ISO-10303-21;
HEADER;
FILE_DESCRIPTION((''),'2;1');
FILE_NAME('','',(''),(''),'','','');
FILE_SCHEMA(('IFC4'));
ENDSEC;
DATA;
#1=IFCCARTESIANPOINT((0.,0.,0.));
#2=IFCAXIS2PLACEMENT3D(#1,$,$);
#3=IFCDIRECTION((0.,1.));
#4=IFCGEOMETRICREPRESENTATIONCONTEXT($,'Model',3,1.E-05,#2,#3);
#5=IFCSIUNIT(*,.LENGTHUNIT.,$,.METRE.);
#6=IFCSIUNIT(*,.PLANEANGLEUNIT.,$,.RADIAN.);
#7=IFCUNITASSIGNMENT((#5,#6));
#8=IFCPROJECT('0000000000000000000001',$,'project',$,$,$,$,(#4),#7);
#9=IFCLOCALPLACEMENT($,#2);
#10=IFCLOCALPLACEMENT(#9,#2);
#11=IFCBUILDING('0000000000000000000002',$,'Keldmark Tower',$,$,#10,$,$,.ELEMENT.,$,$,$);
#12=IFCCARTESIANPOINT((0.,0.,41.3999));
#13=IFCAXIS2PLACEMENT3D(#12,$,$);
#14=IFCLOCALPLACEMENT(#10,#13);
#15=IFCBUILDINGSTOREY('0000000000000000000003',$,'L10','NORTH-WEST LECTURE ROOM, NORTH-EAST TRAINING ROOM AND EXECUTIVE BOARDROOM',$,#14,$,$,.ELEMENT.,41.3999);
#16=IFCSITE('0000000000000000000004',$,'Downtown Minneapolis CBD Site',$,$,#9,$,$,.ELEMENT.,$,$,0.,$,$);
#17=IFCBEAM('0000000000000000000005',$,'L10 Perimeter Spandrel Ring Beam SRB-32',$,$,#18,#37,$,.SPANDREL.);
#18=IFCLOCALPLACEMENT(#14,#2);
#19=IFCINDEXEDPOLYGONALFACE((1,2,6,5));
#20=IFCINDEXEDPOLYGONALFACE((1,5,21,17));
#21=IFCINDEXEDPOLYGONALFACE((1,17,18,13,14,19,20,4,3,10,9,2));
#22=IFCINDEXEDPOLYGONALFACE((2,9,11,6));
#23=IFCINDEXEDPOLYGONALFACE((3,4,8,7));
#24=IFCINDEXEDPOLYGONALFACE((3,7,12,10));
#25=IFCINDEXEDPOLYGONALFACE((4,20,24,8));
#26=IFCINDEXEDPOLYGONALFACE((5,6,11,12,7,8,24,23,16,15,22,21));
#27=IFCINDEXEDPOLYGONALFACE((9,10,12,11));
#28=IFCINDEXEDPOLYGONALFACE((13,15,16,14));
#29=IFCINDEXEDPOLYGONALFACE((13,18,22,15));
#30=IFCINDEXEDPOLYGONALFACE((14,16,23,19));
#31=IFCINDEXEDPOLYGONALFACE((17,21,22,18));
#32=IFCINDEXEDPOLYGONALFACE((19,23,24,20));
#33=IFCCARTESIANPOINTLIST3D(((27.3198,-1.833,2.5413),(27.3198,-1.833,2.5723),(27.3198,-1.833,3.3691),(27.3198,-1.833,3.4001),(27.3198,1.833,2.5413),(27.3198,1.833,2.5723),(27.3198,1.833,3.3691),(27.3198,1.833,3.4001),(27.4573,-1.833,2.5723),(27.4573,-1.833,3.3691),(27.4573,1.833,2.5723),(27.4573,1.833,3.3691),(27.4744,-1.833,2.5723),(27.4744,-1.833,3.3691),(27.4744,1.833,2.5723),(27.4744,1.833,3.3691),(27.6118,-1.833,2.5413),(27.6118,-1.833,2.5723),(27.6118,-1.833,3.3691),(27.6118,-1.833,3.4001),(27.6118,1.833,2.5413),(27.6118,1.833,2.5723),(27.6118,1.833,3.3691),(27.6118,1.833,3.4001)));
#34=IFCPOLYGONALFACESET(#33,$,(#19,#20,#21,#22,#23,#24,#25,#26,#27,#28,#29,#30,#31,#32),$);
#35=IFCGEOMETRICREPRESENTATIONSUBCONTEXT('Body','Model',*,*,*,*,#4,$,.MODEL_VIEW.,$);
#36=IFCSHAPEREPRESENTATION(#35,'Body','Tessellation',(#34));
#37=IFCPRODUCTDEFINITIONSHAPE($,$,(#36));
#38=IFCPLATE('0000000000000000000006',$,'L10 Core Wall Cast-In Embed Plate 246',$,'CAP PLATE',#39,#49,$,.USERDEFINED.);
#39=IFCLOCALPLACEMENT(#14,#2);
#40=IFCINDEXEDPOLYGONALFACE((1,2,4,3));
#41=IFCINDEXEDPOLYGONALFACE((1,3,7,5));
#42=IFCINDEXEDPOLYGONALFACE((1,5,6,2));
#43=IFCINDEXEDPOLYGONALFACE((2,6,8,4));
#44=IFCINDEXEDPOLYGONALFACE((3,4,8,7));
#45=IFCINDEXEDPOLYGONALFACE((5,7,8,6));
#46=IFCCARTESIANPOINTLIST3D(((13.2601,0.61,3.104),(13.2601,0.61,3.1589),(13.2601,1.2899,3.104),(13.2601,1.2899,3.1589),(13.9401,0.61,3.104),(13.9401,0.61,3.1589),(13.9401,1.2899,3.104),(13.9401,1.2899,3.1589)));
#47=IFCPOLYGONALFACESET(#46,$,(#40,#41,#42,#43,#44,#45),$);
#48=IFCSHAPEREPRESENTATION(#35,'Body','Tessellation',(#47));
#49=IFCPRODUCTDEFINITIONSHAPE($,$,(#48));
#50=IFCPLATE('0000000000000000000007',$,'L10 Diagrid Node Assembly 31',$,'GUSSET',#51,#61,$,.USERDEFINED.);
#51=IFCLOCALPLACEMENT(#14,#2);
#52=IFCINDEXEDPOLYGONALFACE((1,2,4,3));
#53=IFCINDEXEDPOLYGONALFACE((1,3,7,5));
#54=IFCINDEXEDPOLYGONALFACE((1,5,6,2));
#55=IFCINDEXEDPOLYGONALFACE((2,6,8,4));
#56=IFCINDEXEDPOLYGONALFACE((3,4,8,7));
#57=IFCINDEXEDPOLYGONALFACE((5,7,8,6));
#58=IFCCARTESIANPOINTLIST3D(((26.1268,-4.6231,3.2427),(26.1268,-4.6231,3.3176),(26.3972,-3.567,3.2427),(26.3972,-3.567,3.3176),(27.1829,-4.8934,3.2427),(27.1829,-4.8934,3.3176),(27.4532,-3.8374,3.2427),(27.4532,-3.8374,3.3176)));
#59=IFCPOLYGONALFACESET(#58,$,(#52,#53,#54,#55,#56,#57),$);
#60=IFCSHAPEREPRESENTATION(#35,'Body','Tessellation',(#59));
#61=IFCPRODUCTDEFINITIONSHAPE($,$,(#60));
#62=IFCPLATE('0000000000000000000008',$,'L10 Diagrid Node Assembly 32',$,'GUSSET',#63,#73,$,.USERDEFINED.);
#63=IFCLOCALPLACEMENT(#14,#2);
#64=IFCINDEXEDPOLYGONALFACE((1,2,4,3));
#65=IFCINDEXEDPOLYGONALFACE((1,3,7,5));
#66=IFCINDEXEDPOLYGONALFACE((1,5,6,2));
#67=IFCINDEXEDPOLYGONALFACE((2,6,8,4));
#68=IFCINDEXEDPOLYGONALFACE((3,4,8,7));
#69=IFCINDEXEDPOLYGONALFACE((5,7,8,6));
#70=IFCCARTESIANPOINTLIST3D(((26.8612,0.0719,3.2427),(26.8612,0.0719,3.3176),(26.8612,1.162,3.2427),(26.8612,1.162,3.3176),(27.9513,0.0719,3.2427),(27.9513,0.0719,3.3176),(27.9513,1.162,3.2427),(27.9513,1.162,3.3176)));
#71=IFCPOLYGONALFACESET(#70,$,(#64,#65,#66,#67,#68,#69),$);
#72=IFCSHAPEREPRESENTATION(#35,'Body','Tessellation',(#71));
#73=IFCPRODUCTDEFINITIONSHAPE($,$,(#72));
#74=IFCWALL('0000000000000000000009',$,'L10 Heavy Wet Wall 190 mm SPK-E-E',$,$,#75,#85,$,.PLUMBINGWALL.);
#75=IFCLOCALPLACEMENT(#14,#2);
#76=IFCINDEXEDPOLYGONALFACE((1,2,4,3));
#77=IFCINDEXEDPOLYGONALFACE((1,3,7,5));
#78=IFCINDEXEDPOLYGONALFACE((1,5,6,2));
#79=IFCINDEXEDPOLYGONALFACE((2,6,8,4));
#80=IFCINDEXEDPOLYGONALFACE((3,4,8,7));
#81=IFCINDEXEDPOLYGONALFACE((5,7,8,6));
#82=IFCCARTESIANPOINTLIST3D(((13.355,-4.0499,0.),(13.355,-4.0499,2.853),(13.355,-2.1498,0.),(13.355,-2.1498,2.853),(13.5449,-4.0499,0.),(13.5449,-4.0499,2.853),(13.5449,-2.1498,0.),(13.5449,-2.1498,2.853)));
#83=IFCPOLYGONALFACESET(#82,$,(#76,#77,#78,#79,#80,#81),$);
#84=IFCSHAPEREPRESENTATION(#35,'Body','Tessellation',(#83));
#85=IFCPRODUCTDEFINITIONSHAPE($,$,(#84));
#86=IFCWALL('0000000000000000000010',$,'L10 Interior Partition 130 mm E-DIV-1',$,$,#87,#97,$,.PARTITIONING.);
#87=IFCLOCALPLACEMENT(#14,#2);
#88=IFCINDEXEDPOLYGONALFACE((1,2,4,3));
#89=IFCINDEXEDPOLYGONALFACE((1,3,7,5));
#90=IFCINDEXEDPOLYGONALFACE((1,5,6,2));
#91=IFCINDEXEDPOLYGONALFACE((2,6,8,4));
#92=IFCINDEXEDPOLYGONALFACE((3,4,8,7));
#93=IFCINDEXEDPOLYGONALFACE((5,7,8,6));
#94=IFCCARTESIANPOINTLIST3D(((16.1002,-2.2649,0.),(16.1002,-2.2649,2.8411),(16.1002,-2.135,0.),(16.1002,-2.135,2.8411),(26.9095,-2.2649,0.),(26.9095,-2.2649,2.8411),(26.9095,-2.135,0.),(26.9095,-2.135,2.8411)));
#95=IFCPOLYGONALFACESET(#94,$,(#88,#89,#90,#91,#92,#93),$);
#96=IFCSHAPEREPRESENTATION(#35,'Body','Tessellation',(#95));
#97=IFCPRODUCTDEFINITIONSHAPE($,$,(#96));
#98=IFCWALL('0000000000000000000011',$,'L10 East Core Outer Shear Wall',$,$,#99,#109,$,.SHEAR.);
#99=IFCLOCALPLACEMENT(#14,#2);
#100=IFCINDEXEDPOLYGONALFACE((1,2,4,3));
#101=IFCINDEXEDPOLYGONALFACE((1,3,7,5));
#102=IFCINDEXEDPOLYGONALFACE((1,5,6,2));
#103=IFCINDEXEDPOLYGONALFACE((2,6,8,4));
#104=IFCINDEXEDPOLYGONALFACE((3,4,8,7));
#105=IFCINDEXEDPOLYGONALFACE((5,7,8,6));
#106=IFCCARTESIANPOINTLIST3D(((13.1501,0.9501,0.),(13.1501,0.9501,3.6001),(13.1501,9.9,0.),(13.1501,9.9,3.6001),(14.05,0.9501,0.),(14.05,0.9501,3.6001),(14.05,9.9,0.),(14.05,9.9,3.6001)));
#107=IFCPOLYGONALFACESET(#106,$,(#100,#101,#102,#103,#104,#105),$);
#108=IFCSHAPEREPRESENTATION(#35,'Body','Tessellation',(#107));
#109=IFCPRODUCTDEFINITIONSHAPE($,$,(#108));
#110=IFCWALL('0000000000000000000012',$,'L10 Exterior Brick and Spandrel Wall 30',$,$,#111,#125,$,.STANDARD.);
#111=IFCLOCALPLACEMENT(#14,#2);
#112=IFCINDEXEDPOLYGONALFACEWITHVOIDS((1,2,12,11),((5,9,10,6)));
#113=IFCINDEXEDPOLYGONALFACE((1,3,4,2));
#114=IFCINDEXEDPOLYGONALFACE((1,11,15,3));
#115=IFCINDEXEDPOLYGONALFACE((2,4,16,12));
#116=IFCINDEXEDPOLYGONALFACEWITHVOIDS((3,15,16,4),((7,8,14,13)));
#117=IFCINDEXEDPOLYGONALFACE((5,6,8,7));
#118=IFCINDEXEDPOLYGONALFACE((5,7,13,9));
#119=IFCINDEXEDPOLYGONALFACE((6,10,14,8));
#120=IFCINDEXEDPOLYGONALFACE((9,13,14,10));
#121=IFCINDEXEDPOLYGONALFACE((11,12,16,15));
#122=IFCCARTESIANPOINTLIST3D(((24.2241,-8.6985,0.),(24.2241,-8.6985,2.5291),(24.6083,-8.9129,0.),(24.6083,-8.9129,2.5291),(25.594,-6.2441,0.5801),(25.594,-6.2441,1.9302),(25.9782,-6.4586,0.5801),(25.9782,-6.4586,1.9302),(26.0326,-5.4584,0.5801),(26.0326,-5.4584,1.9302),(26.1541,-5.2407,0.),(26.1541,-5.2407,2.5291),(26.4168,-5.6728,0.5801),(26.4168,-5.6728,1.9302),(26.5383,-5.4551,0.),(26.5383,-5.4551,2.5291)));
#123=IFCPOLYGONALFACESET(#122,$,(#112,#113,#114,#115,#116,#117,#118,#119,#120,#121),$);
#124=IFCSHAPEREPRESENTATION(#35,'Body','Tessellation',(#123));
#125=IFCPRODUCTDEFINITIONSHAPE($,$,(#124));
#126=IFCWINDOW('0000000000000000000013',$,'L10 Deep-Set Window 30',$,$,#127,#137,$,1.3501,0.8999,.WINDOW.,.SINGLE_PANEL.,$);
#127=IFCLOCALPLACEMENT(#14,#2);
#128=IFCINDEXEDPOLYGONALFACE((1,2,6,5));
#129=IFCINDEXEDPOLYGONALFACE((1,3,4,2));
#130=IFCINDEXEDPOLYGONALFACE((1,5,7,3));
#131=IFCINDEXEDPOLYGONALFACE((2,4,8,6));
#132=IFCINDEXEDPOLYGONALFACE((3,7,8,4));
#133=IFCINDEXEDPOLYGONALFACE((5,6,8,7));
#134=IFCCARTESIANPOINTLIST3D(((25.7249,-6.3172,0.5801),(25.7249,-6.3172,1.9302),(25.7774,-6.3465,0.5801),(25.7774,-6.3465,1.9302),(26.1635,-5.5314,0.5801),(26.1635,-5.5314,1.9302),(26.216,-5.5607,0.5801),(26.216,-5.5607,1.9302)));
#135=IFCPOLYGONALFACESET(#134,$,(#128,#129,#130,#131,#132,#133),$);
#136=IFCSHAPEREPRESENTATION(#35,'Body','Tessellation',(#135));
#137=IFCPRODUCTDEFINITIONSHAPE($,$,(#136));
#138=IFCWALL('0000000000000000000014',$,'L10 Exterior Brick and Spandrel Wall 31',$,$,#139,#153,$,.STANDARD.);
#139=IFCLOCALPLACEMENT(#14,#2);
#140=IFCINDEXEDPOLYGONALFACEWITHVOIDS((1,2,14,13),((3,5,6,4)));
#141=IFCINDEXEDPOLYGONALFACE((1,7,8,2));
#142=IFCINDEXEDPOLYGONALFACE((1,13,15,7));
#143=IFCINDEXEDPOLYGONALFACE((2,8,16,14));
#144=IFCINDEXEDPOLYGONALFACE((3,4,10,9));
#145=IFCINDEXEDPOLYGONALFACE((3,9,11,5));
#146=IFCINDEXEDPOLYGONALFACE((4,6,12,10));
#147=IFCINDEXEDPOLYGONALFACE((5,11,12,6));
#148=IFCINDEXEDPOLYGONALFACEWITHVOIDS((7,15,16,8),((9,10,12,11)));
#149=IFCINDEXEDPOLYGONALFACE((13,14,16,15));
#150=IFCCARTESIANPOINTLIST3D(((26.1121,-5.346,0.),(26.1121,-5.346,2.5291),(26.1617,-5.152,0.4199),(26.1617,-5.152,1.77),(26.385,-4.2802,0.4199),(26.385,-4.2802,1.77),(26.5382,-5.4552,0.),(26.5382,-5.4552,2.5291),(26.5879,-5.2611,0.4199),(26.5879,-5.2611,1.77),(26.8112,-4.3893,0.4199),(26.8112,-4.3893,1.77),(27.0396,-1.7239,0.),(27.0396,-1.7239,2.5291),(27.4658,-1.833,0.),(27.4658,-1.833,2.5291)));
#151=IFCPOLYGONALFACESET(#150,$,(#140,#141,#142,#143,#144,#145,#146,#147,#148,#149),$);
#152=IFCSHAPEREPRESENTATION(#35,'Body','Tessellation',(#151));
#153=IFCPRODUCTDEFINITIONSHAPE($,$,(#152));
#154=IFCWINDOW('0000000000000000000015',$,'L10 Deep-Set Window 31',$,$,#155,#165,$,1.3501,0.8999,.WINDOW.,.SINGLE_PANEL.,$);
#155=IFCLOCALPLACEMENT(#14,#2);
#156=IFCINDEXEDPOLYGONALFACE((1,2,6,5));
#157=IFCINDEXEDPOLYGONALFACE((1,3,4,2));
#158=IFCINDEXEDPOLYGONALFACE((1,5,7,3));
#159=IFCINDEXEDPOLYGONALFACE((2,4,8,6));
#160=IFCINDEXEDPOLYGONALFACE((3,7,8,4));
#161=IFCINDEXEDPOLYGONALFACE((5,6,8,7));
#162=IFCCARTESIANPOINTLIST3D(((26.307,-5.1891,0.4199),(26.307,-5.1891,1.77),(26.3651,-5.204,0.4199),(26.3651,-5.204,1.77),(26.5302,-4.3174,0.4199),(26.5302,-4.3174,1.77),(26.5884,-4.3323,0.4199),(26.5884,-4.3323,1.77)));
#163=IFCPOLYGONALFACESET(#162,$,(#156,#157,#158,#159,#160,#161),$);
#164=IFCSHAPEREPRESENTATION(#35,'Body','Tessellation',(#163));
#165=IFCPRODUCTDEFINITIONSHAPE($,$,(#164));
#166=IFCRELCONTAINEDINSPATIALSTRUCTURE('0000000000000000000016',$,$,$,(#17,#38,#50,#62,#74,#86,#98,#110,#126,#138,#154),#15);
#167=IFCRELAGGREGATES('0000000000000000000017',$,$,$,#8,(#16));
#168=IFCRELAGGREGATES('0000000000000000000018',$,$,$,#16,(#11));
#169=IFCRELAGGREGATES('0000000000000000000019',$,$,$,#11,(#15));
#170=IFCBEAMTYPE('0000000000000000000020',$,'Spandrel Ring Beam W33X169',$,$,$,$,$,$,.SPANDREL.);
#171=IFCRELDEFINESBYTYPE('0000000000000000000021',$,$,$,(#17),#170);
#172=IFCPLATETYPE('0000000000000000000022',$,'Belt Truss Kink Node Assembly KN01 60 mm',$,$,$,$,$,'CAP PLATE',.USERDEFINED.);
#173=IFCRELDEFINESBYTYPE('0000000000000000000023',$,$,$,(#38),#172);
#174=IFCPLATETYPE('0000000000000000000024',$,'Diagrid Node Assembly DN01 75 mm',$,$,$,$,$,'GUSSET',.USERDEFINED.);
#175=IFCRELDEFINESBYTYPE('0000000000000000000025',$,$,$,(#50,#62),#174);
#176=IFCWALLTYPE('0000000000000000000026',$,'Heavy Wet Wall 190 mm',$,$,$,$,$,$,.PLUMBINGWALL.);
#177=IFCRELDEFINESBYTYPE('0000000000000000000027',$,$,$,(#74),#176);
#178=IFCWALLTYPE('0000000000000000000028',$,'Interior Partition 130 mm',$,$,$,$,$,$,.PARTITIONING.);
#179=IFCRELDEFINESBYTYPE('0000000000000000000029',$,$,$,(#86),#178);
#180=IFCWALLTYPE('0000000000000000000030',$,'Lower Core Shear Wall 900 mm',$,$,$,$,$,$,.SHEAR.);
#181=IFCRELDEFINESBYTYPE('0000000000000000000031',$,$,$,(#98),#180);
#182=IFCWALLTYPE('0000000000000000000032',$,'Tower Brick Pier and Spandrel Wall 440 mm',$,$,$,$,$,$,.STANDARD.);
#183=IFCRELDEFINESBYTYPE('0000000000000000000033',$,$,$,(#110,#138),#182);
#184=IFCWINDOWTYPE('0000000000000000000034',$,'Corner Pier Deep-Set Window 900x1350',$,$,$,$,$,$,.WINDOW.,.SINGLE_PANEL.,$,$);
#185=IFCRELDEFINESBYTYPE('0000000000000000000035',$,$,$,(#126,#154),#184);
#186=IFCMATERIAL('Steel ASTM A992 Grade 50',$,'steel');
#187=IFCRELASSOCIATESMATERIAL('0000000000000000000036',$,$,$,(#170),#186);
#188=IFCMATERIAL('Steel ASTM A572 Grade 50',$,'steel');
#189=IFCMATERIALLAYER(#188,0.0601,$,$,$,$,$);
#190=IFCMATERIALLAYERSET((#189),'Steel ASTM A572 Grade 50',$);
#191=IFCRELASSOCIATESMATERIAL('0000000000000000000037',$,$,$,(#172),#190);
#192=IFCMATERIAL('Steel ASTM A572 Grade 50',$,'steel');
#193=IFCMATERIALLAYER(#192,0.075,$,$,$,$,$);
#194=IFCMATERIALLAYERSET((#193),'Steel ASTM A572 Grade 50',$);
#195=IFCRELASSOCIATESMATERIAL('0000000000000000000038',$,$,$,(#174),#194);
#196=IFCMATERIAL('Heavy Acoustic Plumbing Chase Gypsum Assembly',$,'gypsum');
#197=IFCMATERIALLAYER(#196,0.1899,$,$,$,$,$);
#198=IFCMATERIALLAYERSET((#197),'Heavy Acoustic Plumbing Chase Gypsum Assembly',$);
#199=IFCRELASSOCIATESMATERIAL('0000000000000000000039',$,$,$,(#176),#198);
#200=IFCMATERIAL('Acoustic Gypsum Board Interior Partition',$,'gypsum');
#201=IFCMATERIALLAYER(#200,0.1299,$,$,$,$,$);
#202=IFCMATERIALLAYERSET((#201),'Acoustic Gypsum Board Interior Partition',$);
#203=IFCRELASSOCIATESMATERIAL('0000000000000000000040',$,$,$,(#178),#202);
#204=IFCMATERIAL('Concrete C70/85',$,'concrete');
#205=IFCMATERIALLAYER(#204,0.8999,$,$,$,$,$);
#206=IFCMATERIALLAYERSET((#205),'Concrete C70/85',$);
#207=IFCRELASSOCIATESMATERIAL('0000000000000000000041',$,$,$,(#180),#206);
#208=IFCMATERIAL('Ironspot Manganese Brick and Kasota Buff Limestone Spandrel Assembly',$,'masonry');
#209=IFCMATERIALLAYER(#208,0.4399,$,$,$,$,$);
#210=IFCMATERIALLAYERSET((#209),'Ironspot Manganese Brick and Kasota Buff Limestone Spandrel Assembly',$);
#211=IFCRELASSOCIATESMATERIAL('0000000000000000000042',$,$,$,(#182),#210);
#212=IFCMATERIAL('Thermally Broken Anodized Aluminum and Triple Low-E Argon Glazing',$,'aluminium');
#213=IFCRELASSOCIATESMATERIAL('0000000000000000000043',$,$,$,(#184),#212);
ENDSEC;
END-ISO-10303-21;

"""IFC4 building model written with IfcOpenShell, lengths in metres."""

from ifc_helpers import new_model, si_unit, direction, frame, frame_2d, origin, origin_2d, place, context, subcontext, project, spatial, rectangle, i_section, extrude, material, layer, layer_set, material_profile, profile_set, type_object, element, fill, save


model = new_model("IFC4")

# Units and contexts
model_context = context("Model", 3, precision=1e-05, world=origin(), true_north=direction((0.0, 1.0)))
body_context = subcontext(model_context, "Body", "Model", "MODEL_VIEW")
ifc_project = project(units=[si_unit("LENGTHUNIT", "METRE"), si_unit("PLANEANGLEUNIT", "RADIAN")], contexts=[model_context])

# Site, building, storey
site_placement = place(None, origin())
site = spatial("IfcSite", under=ifc_project, at=site_placement, Name="Downtown Minneapolis CBD Site", CompositionType="ELEMENT", RefElevation=0.0)
building_placement = place(site_placement, origin())
building = spatial("IfcBuilding", under=site, at=building_placement, Name="Keldmark Tower", CompositionType="ELEMENT")
storey_placement = place(building_placement, frame((0.0, 0.0, 41.3999)))
storey = spatial("IfcBuildingStorey", under=building, at=storey_placement, Name="L10", Description="NORTH-WEST LECTURE ROOM, NORTH-EAST TRAINING ROOM AND EXECUTIVE BOARDROOM", CompositionType="ELEMENT", Elevation=41.3999)

# Beam
ifc_material_1 = material(Name="Steel ASTM A992 Grade 50", Category="steel")
ifc_material_profile_1 = material_profile(ifc_material_1, i_section(OverallWidth=0.292, OverallDepth=0.8589, WebThickness=0.0171, FlangeThickness=0.031, at=origin_2d()), Name="W33X169")
ifc_profile_set_1 = profile_set([ifc_material_profile_1], Name="Steel ASTM A992 Grade 50")
beam_type_1 = type_object("IfcBeamType", Name="Spandrel Ring Beam W33X169", PredefinedType="SPANDREL", material=ifc_profile_set_1)
beam_1_placement = place(storey_placement, frame((27.4658, -1.833, 2.9707), z_axis=(0.0, 1.0, 0.0), x_axis=(-1.0, 0.0, 0.0)))
element("IfcBeam", 1, at=beam_1_placement, inside=storey, type_object=beam_type_1, Name="L10 Perimeter Spandrel Ring Beam SRB-32", PredefinedType="SPANDREL", context=body_context, shape_type="SweptSolid", body=[
    extrude(i_section(OverallWidth=0.292, OverallDepth=0.8589, WebThickness=0.0171, FlangeThickness=0.031, at=origin_2d()), origin(), (0.0, 0.0, 1.0), 3.666),
])

# Plates
ifc_material_2 = material(Name="Steel ASTM A572 Grade 50", Category="steel")
ifc_layer_1 = layer(ifc_material_2, 0.0601)
ifc_layer_set_1 = layer_set([ifc_layer_1], Name="Steel ASTM A572 Grade 50")
plate_type_1 = type_object("IfcPlateType", Name="Belt Truss Kink Node Assembly KN01 60 mm", ElementType="CAP PLATE", PredefinedType="USERDEFINED", material=ifc_layer_set_1)
plate_placement = place(storey_placement, frame((13.6001, 0.95, 3.104), z_axis=(0.0, 0.0, 1.0), x_axis=(1.0, 0.0, 0.0)))
element("IfcPlate", 2, at=plate_placement, inside=storey, type_object=plate_type_1, Name="L10 Core Wall Cast-In Embed Plate 246", ObjectType="CAP PLATE", PredefinedType="USERDEFINED", context=body_context, shape_type="SweptSolid", body=[
    extrude(rectangle(XDim=0.6799, YDim=0.6799, at=origin_2d()), origin(), (0.0, 0.0, 1.0), 0.0549),
])
ifc_material_3 = material(Name="Steel ASTM A572 Grade 50", Category="steel")
ifc_layer_2 = layer(ifc_material_3, 0.075)
ifc_layer_set_2 = layer_set([ifc_layer_2], Name="Steel ASTM A572 Grade 50")
plate_type_2 = type_object("IfcPlateType", Name="Diagrid Node Assembly DN01 75 mm", ElementType="GUSSET", PredefinedType="USERDEFINED", material=ifc_layer_set_2)
for number, where, z_axis, x_axis, name in (
    (3, (26.79, -4.2302, 3.2427), (0.0, 0.0, 1.0), (0.248014, 0.968757, 0.0), "L10 Diagrid Node Assembly 31"),
    (4, (27.4062, 0.6169, 3.2427), (0.0, 0.0, 1.0), (0.0, 1.0, 0.0), "L10 Diagrid Node Assembly 32"),
):
    element("IfcPlate", number, at=place(storey_placement, frame(where, z_axis=z_axis, x_axis=x_axis)), inside=storey, type_object=plate_type_2, Name=name, ObjectType="GUSSET", PredefinedType="USERDEFINED", context=body_context, shape_type="SweptSolid", body=[
        extrude(rectangle(XDim=1.0901, YDim=1.0901, at=origin_2d()), origin(), (0.0, 0.0, 1.0), 0.075),
    ])

# Walls
ifc_material_4 = material(Name="Heavy Acoustic Plumbing Chase Gypsum Assembly", Category="gypsum")
ifc_layer_3 = layer(ifc_material_4, 0.1899)
ifc_layer_set_3 = layer_set([ifc_layer_3], Name="Heavy Acoustic Plumbing Chase Gypsum Assembly")
wall_type_1 = type_object("IfcWallType", Name="Heavy Wet Wall 190 mm", PredefinedType="PLUMBINGWALL", material=ifc_layer_set_3)
wall_1_placement = place(storey_placement, frame((13.45, -4.05, 0.0), z_axis=(0.0, 0.0, 1.0), x_axis=(0.0, 1.0, 0.0)))
element("IfcWall", 5, at=wall_1_placement, inside=storey, type_object=wall_type_1, Name="L10 Heavy Wet Wall 190 mm SPK-E-E", PredefinedType="PLUMBINGWALL", context=body_context, shape_type="SweptSolid", body=[
    extrude(rectangle(XDim=1.9001, YDim=0.1899, at=frame_2d((0.9502, 0.0))), origin(), (0.0, 0.0, 1.0), 2.853),
])
ifc_material_5 = material(Name="Acoustic Gypsum Board Interior Partition", Category="gypsum")
ifc_layer_4 = layer(ifc_material_5, 0.1299)
ifc_layer_set_4 = layer_set([ifc_layer_4], Name="Acoustic Gypsum Board Interior Partition")
wall_type_2 = type_object("IfcWallType", Name="Interior Partition 130 mm", PredefinedType="PARTITIONING", material=ifc_layer_set_4)
wall_2_placement = place(storey_placement, frame((16.1001, -2.2, 0.0), z_axis=(0.0, 0.0, 1.0), x_axis=(1.0, 0.0, 0.0)))
element("IfcWall", 6, at=wall_2_placement, inside=storey, type_object=wall_type_2, Name="L10 Interior Partition 130 mm E-DIV-1", PredefinedType="PARTITIONING", context=body_context, shape_type="SweptSolid", body=[
    extrude(rectangle(XDim=10.8093, YDim=0.1299, at=frame_2d((5.4048, 0.0))), origin(), (0.0, 0.0, 1.0), 2.8411),
])
ifc_material_6 = material(Name="Concrete C70/85", Category="concrete")
ifc_layer_5 = layer(ifc_material_6, 0.8999)
ifc_layer_set_5 = layer_set([ifc_layer_5], Name="Concrete C70/85")
wall_type_3 = type_object("IfcWallType", Name="Lower Core Shear Wall 900 mm", PredefinedType="SHEAR", material=ifc_layer_set_5)
wall_3_placement = place(storey_placement, frame((13.6001, 0.95, 0.0), z_axis=(0.0, 0.0, 1.0), x_axis=(0.0, 1.0, 0.0)))
element("IfcWall", 7, at=wall_3_placement, inside=storey, type_object=wall_type_3, Name="L10 East Core Outer Shear Wall", PredefinedType="SHEAR", context=body_context, shape_type="SweptSolid", body=[
    extrude(rectangle(XDim=8.95, YDim=0.8999, at=frame_2d((4.4751, 0.0))), origin(), (0.0, 0.0, 1.0), 3.6001),
])

# Walls, openings, windows
ifc_material_7 = material(Name="Ironspot Manganese Brick and Kasota Buff Limestone Spandrel Assembly", Category="masonry")
ifc_layer_6 = layer(ifc_material_7, 0.4399)
ifc_layer_set_6 = layer_set([ifc_layer_6], Name="Ironspot Manganese Brick and Kasota Buff Limestone Spandrel Assembly")
wall_type_4 = type_object("IfcWallType", Name="Tower Brick Pier and Spandrel Wall 440 mm", PredefinedType="STANDARD", material=ifc_layer_set_6)
wall_4_placement = place(storey_placement, frame((26.3462, -5.3479, 0.0), z_axis=(0.0, 0.0, 1.0), x_axis=(-0.487369, -0.873196, 0.0)))
wall_4 = element("IfcWall", 8, at=wall_4_placement, inside=storey, type_object=wall_type_4, Name="L10 Exterior Brick and Spandrel Wall 30", PredefinedType="STANDARD", context=body_context, shape_type="SweptSolid", body=[
    extrude(rectangle(XDim=3.96, YDim=0.4399, at=frame_2d((1.98, 0.0))), origin(), (0.0, 0.0, 1.0), 2.5291),
])
opening_1_placement = place(wall_4_placement, frame((0.2493, 0.0, 0.5801)))
opening_1 = element("IfcOpeningElement", 9, at=opening_1_placement, cuts=wall_4, PredefinedType="OPENING", context=body_context, shape_type="SweptSolid", body=[
    extrude(rectangle(XDim=0.8999, YDim=1.3501, at=frame_2d((0.45, 0.675))), frame((0.0, 0.23, 0.0), z_axis=(0.0, -1.0, 0.0), x_axis=(1.0, 0.0, 0.0)), (0.0, 0.0, 1.0), 0.46),
])
ifc_material_8 = material(Name="Thermally Broken Anodized Aluminum and Triple Low-E Argon Glazing", Category="aluminium")
window_type = type_object("IfcWindowType", Name="Corner Pier Deep-Set Window 900x1350", PartitioningType="SINGLE_PANEL", PredefinedType="WINDOW", material=ifc_material_8)
window_1_placement = place(opening_1_placement, origin())
window_1 = element("IfcWindow", 10, at=window_1_placement, inside=storey, type_object=window_type, Name="L10 Deep-Set Window 30", OverallHeight=1.3501, OverallWidth=0.8999, PartitioningType="SINGLE_PANEL", PredefinedType="WINDOW", context=body_context, shape_type="SweptSolid", body=[
    extrude(rectangle(XDim=0.8999, YDim=1.3501, at=frame_2d((0.45, 0.675))), frame((0.0, -0.01, 0.0), z_axis=(0.0, -1.0, 0.0), x_axis=(1.0, 0.0, 0.0)), (0.0, 0.0, 1.0), 0.0601),
])
fill(opening_1, window_1)
wall_5_placement = place(storey_placement, frame((27.2527, -1.7783, 0.0), z_axis=(0.0, 0.0, 1.0), x_axis=(-0.248063, -0.968744, 0.0)))
wall_5 = element("IfcWall", 11, at=wall_5_placement, inside=storey, type_object=wall_type_4, Name="L10 Exterior Brick and Spandrel Wall 31", PredefinedType="STANDARD", context=body_context, shape_type="SweptSolid", body=[
    extrude(rectangle(XDim=3.739, YDim=0.4399, at=frame_2d((1.8696, 0.0))), origin(), (0.0, 0.0, 1.0), 2.5291),
])
opening_2_placement = place(wall_5_placement, frame((2.6389, 0.0, 0.4199)))
opening_2 = element("IfcOpeningElement", 12, at=opening_2_placement, cuts=wall_5, PredefinedType="OPENING", context=body_context, shape_type="SweptSolid", body=[
    extrude(rectangle(XDim=0.8999, YDim=1.3501, at=frame_2d((0.45, 0.675))), frame((0.0, 0.23, 0.0), z_axis=(0.0, -1.0, 0.0), x_axis=(1.0, 0.0, 0.0)), (0.0, 0.0, 1.0), 0.46),
])
window_2_placement = place(opening_2_placement, origin())
window_2 = element("IfcWindow", 13, at=window_2_placement, inside=storey, type_object=window_type, Name="L10 Deep-Set Window 31", OverallHeight=1.3501, OverallWidth=0.8999, PartitioningType="SINGLE_PANEL", PredefinedType="WINDOW", context=body_context, shape_type="SweptSolid", body=[
    extrude(rectangle(XDim=0.8999, YDim=1.3501, at=frame_2d((0.45, 0.675))), frame((0.0, -0.01, 0.0), z_axis=(0.0, -1.0, 0.0), x_axis=(1.0, 0.0, 0.0)), (0.0, 0.0, 1.0), 0.0601),
])
fill(opening_2, window_2)

save(model, "model.ifc")
